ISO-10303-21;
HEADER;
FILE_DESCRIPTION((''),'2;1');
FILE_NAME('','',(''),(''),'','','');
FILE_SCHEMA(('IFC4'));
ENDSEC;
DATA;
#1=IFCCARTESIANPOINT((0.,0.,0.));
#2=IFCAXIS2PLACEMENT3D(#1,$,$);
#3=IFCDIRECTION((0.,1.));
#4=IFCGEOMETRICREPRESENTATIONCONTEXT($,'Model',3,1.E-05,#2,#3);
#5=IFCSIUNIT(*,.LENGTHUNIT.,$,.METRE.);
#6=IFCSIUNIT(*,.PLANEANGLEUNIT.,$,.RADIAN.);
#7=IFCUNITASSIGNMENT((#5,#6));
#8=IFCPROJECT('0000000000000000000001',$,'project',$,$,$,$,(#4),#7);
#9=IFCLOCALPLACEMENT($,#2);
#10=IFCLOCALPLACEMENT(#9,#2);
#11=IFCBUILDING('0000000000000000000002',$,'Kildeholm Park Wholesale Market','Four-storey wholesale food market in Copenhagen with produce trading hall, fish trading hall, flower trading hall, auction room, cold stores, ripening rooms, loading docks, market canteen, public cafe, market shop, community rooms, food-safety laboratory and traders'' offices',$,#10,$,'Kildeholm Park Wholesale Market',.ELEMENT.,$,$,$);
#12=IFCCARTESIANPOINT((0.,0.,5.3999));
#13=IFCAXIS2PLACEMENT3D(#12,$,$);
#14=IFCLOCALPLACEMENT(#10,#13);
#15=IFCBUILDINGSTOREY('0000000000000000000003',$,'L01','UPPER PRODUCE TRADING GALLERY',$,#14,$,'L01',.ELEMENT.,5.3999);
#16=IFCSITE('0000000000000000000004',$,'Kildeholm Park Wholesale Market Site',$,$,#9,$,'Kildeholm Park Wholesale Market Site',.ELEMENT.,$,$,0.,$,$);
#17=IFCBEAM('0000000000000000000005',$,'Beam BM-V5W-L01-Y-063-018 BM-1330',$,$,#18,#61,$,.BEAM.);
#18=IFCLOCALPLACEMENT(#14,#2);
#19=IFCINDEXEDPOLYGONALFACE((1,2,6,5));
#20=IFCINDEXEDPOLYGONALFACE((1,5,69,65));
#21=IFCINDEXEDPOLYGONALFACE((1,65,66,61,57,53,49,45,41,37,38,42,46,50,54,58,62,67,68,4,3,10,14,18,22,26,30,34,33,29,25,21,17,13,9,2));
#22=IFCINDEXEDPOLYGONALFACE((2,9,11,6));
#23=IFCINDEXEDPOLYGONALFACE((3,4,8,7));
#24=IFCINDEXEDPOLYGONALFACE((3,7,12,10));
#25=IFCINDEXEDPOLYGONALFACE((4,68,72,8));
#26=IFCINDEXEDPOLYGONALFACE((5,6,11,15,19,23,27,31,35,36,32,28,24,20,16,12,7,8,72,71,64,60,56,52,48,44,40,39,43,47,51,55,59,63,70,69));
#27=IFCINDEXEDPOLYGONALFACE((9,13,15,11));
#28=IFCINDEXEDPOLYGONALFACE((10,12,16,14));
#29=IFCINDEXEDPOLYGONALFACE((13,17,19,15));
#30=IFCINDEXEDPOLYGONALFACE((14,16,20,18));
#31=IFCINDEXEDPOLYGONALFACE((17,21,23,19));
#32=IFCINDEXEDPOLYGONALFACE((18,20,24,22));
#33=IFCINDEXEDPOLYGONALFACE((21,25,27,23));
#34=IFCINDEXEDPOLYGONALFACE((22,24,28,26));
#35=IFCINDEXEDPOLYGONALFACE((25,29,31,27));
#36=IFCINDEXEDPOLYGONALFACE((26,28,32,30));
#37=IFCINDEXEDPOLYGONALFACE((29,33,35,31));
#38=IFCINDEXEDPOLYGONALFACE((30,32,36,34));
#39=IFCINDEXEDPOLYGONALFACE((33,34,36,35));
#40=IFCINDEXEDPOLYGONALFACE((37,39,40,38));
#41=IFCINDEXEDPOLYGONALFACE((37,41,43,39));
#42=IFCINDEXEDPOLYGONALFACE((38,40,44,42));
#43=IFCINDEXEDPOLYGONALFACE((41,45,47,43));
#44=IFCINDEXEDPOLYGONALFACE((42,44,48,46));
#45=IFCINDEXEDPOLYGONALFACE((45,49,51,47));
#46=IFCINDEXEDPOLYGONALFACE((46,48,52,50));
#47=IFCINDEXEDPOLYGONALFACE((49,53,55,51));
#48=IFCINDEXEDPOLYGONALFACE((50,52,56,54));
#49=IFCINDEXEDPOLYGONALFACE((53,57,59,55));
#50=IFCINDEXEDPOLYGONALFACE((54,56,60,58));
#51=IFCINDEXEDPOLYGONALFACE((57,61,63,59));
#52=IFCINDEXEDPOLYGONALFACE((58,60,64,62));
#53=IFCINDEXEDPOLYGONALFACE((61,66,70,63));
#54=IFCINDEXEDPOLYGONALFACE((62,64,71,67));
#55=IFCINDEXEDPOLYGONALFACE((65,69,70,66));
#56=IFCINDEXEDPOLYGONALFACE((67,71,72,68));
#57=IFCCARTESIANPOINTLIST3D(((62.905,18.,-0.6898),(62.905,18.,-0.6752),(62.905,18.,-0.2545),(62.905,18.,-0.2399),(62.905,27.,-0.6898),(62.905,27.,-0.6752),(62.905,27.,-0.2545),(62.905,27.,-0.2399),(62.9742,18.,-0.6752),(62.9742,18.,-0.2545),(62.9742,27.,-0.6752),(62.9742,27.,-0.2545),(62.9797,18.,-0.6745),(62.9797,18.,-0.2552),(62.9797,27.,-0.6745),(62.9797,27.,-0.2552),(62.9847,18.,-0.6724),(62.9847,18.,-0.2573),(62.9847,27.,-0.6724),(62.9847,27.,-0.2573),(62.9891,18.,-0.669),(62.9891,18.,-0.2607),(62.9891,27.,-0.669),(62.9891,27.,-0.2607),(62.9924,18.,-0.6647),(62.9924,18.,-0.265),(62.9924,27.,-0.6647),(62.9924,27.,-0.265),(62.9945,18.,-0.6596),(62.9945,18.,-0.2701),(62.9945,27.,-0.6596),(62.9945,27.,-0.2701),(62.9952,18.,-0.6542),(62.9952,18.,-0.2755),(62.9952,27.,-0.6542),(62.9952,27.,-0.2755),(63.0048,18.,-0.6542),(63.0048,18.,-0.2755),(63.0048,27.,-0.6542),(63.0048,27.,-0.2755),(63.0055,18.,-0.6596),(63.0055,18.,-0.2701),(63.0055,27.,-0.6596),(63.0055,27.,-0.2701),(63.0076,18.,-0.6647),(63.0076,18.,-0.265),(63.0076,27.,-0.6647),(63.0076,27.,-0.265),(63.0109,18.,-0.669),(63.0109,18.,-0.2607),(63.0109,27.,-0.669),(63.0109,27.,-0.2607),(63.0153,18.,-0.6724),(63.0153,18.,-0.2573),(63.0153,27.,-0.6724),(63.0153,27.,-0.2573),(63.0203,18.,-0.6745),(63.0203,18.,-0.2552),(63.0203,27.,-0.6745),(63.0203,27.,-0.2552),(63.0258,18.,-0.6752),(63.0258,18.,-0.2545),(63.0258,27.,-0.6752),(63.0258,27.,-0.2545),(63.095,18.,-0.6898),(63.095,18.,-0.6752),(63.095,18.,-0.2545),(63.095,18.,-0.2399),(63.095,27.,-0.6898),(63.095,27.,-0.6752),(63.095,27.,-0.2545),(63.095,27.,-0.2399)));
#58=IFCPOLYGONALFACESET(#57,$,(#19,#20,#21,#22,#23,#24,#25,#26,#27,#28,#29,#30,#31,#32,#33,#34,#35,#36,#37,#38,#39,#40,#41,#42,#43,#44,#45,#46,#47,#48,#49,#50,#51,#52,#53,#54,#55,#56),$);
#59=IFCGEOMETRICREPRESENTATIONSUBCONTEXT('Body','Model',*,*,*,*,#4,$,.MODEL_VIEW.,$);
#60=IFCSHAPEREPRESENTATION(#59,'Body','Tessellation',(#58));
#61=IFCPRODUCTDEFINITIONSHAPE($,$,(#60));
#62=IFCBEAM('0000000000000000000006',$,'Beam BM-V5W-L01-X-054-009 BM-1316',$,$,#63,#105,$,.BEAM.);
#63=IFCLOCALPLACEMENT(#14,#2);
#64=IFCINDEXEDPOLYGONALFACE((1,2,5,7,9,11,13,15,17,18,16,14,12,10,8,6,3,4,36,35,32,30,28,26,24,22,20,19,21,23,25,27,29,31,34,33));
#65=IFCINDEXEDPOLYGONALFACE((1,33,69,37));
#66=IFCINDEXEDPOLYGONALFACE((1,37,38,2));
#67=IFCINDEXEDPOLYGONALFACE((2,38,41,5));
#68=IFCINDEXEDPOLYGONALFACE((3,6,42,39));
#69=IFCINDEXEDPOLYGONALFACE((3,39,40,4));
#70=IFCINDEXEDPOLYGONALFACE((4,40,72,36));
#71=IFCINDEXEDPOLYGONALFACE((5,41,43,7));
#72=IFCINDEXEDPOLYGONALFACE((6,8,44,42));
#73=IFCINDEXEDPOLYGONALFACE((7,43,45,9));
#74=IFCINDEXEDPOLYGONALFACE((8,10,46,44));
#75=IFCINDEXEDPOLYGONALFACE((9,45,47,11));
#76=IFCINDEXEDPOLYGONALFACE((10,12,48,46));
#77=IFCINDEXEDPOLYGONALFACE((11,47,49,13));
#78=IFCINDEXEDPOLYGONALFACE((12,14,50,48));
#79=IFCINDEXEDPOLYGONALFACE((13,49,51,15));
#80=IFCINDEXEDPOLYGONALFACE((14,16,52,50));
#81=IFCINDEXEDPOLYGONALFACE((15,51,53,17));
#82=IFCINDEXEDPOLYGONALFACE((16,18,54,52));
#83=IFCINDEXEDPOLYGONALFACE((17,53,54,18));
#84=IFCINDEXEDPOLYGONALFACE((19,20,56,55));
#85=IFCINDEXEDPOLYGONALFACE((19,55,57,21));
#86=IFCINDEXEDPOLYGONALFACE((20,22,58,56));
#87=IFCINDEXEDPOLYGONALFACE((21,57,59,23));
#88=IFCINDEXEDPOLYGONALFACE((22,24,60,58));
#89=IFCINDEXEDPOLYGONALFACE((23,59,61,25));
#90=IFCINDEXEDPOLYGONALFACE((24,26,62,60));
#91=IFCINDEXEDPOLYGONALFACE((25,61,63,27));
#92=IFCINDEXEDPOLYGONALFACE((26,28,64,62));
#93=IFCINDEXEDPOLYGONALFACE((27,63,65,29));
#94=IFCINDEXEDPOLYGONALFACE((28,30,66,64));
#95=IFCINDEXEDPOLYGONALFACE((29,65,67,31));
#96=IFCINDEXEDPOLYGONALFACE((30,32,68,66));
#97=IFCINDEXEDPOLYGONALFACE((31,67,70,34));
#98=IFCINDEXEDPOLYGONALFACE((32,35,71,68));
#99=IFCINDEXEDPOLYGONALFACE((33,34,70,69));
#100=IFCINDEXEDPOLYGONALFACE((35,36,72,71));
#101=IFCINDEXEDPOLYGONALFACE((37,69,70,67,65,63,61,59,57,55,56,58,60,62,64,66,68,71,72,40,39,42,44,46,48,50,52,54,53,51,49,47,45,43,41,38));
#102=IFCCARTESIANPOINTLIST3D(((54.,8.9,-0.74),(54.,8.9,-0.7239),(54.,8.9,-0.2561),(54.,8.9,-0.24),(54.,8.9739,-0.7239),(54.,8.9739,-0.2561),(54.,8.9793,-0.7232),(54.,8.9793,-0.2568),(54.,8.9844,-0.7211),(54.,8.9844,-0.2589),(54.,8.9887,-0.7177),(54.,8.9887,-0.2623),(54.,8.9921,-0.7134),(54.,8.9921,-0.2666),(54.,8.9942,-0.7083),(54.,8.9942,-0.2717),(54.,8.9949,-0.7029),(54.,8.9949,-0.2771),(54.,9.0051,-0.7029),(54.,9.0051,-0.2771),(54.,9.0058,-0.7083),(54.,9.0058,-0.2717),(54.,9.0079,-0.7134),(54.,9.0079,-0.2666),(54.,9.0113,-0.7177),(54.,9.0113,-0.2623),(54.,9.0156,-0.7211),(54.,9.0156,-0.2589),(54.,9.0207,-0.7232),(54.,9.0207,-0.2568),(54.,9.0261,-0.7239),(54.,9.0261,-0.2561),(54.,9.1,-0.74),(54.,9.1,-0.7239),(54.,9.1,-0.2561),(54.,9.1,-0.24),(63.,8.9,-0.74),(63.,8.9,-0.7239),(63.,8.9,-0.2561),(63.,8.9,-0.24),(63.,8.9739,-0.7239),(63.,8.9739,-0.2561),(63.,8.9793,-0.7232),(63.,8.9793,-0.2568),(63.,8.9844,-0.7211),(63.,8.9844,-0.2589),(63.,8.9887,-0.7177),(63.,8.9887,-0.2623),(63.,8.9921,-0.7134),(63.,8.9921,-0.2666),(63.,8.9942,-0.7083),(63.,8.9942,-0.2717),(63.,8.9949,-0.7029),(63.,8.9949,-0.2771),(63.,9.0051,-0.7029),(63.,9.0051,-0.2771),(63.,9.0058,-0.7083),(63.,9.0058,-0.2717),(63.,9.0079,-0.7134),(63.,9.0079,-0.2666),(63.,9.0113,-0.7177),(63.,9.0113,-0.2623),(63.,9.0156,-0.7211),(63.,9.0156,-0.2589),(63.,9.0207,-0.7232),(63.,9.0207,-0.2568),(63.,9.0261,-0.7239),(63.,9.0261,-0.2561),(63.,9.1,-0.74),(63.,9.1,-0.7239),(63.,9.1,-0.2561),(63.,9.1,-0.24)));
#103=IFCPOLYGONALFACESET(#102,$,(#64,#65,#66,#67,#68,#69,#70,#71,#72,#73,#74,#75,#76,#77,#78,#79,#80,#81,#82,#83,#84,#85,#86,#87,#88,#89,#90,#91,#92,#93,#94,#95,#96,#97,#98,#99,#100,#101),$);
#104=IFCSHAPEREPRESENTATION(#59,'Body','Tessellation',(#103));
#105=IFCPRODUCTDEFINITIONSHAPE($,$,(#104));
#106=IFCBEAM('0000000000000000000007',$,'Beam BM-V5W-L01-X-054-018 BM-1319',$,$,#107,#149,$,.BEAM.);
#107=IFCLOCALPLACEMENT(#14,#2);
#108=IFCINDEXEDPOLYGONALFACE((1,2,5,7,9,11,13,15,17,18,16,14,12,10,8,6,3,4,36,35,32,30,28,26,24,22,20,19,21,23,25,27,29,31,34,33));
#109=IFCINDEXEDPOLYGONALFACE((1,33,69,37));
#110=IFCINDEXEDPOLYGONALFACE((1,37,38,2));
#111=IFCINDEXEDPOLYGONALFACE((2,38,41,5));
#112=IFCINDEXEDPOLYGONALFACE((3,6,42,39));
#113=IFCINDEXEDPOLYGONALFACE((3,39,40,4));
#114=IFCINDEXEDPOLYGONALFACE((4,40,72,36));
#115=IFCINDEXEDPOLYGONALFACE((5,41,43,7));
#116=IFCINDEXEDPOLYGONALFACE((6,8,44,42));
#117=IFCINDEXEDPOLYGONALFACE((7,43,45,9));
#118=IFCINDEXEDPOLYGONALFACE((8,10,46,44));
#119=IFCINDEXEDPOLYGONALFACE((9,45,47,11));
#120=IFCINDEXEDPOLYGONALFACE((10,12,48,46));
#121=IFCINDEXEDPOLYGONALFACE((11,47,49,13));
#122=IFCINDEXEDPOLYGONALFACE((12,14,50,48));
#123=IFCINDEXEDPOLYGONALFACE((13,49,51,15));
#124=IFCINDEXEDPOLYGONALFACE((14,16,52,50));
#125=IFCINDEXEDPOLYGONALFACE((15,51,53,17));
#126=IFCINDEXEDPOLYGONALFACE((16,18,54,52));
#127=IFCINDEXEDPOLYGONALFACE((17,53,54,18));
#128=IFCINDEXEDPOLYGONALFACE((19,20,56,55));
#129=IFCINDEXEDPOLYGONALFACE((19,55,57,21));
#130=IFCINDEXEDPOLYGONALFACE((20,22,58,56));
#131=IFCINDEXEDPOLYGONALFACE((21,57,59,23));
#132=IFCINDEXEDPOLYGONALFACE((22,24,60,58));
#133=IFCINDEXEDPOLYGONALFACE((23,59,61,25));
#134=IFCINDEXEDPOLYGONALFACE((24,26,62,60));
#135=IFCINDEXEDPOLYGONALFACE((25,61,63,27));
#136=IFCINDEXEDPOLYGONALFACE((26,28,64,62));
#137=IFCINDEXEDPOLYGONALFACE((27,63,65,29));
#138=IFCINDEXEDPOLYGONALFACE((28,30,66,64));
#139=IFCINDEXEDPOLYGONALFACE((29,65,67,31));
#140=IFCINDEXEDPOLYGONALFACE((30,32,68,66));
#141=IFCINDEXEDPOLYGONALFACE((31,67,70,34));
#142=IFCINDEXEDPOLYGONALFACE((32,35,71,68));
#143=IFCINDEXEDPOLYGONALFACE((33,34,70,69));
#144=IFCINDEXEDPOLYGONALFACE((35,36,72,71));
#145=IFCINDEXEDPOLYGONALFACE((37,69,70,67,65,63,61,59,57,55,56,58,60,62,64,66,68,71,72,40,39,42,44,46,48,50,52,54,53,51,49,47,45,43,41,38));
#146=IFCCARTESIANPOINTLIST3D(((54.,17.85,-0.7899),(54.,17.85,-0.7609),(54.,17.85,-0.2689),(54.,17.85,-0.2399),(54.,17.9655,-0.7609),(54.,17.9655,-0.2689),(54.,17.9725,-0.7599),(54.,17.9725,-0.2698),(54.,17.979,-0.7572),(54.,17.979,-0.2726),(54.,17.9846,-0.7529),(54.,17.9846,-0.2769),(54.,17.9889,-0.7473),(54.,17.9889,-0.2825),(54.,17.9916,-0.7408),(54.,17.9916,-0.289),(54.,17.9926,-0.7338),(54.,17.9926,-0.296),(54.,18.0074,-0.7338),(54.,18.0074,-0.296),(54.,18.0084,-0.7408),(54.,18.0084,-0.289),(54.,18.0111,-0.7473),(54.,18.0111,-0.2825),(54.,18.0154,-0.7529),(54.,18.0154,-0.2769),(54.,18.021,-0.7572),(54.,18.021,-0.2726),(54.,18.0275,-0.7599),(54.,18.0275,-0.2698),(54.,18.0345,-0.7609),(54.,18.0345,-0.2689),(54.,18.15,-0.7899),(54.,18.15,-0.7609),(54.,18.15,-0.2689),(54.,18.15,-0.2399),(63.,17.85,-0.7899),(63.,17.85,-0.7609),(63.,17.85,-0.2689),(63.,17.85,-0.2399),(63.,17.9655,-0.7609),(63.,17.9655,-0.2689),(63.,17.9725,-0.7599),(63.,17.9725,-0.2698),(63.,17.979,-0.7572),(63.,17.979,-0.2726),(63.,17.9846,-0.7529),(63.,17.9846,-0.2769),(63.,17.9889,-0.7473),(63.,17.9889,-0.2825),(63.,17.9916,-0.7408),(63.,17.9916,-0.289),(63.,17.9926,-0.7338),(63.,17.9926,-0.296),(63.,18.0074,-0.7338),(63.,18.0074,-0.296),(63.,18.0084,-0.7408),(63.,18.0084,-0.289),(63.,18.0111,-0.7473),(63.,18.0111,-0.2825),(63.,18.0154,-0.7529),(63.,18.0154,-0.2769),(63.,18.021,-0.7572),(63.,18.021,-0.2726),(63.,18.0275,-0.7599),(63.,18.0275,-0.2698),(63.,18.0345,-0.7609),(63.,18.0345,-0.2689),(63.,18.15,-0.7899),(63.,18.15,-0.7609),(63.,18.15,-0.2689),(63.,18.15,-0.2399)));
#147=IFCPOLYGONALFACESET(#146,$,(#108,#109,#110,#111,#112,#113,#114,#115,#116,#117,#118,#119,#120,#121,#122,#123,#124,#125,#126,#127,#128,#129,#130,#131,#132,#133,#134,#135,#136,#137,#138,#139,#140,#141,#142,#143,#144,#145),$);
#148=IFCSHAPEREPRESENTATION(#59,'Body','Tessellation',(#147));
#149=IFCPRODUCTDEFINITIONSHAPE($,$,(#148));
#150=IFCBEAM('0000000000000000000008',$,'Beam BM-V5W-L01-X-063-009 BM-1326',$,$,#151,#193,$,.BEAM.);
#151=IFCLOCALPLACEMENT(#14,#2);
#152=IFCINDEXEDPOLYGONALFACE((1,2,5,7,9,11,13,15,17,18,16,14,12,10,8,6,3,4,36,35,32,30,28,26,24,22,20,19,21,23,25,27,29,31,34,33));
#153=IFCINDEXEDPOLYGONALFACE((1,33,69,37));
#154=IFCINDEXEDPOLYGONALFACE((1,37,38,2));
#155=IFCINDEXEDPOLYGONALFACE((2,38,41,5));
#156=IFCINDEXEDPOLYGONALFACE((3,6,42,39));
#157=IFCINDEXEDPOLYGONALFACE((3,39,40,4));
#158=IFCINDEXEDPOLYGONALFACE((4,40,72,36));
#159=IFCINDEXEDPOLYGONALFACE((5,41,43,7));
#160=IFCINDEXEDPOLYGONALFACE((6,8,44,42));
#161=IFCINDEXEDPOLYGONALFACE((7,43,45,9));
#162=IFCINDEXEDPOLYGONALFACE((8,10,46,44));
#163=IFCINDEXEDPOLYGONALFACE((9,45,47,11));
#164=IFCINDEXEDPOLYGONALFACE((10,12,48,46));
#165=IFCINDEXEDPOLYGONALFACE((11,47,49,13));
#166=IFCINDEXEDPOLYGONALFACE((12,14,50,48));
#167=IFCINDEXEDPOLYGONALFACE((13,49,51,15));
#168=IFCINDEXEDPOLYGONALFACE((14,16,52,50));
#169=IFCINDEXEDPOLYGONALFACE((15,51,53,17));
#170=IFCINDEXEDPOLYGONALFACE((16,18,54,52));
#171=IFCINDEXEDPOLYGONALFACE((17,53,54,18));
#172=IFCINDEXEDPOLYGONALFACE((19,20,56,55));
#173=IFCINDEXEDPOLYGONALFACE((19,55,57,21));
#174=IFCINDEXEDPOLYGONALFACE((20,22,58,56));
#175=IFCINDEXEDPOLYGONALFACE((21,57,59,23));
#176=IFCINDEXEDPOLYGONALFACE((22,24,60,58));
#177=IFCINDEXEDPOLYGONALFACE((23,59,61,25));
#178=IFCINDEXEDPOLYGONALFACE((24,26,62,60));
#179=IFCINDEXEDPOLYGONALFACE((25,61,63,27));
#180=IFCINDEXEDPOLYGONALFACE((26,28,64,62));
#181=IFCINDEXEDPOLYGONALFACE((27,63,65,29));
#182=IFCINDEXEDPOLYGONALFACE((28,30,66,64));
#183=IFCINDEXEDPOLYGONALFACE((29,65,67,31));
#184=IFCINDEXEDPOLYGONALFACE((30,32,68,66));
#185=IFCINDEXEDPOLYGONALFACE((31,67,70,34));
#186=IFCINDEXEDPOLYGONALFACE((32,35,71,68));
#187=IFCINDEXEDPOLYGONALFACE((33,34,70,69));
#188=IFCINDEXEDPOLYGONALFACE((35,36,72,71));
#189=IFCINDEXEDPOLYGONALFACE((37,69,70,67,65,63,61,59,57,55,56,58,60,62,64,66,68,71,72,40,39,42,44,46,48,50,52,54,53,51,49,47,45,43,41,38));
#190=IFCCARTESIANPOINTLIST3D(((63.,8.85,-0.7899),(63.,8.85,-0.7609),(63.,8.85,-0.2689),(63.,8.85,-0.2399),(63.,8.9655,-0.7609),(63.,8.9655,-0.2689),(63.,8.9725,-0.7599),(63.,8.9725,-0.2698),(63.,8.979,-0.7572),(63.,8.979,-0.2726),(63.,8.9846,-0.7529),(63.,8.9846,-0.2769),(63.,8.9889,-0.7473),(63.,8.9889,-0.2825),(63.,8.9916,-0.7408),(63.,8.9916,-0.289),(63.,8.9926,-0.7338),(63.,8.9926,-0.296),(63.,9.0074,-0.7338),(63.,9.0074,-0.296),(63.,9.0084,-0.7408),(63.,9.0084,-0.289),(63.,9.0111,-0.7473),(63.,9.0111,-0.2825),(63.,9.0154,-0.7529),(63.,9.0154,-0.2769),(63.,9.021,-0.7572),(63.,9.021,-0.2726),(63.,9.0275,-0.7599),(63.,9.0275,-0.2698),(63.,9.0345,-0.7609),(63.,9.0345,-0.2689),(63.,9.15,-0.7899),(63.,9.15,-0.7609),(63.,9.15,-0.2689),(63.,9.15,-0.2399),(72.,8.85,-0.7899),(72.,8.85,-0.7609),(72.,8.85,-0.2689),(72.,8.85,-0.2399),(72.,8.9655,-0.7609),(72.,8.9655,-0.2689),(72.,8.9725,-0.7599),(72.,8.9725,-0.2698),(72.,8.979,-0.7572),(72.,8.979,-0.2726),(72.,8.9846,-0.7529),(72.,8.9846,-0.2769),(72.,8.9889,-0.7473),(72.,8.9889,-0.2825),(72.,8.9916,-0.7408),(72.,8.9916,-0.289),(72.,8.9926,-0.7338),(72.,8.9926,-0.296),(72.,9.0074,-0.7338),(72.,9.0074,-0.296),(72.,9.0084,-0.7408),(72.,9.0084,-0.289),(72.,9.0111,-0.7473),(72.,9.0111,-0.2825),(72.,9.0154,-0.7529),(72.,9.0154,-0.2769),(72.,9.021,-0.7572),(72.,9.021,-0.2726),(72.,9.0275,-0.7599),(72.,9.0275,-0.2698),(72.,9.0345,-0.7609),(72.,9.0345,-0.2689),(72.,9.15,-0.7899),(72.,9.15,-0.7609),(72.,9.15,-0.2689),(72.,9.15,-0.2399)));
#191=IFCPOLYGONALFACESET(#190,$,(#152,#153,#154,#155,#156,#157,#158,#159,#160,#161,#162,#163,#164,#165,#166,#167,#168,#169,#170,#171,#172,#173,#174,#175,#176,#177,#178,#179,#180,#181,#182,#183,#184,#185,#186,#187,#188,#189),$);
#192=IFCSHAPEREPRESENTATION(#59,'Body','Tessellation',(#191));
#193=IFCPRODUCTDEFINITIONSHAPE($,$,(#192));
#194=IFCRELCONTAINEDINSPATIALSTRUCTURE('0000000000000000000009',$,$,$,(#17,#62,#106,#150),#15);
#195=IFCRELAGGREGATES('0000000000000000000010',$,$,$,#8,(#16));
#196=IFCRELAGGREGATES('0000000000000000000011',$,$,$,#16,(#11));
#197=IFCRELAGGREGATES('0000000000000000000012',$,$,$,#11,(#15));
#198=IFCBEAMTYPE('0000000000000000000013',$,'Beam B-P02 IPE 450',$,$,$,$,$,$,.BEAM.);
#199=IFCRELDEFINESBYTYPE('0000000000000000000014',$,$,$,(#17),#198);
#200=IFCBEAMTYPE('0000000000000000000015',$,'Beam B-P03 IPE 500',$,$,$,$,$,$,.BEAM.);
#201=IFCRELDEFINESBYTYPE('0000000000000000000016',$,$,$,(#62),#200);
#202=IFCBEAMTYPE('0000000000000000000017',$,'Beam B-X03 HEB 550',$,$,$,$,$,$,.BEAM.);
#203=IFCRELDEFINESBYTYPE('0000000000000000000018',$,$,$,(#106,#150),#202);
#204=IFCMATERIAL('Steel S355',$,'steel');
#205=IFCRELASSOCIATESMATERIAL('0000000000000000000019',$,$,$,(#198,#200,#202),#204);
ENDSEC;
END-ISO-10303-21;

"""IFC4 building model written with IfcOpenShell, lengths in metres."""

from ifc_helpers import new_model, si_unit, direction, frame, origin, origin_2d, place, context, subcontext, project, spatial, i_section, extrude, material, material_profile, profile_set, type_object, element, save


model = new_model("IFC4")

# Units and contexts
model_context = context("Model", 3, precision=1e-05, world=origin(), true_north=direction((0.0, 1.0)))
body_context = subcontext(model_context, "Body", "Model", "MODEL_VIEW")
ifc_project = project(units=[si_unit("LENGTHUNIT", "METRE"), si_unit("PLANEANGLEUNIT", "RADIAN")], contexts=[model_context])

# Site, building, storey
site_placement = place(None, origin())
site = spatial("IfcSite", under=ifc_project, at=site_placement, Name="Kildeholm Park Wholesale Market Site", LongName="Kildeholm Park Wholesale Market Site", CompositionType="ELEMENT", RefElevation=0.0)
building_placement = place(site_placement, origin())
building = spatial("IfcBuilding", under=site, at=building_placement, Name="Kildeholm Park Wholesale Market", Description="Four-storey wholesale food market in Copenhagen with produce trading hall, fish trading hall, flower trading hall, auction room, cold stores, ripening rooms, loading docks, market canteen, public cafe, market shop, community rooms, food-safety laboratory and traders' offices", LongName="Kildeholm Park Wholesale Market", CompositionType="ELEMENT")
storey_placement = place(building_placement, frame((0.0, 0.0, 5.3999)))
storey = spatial("IfcBuildingStorey", under=building, at=storey_placement, Name="L01", Description="UPPER PRODUCE TRADING GALLERY", LongName="L01", CompositionType="ELEMENT", Elevation=5.3999)

# Shared definitions
ifc_material_1 = material(Name="Steel S355", Category="steel")

# Beams
ifc_material_profile_1 = material_profile(ifc_material_1, i_section(OverallWidth=0.1899, OverallDepth=0.45, WebThickness=0.0095, FlangeThickness=0.0146, FilletRadius=0.021, at=origin_2d()), Name="IPE 450")
ifc_profile_set_1 = profile_set([ifc_material_profile_1], Name="Steel S355")
beam_type_1 = type_object("IfcBeamType", Name="Beam B-P02 IPE 450", PredefinedType="BEAM", material=ifc_profile_set_1)
for number, where, z_axis, x_axis, name in (
    (1, (63.0, 18.0, -0.4648), (0.0, 1.0, 0.0), (-1.0, 0.0, 0.0), "Beam BM-V5W-L01-Y-063-018 BM-1330"),
):
    element("IfcBeam", number, at=place(storey_placement, frame(where, z_axis=z_axis, x_axis=x_axis)), inside=storey, type_object=beam_type_1, Name=name, PredefinedType="BEAM", context=body_context, shape_type="SweptSolid", body=[
        extrude(i_section(OverallWidth=0.1899, OverallDepth=0.45, WebThickness=0.0095, FlangeThickness=0.0146, FilletRadius=0.021, at=origin_2d()), origin(), (0.0, 0.0, 1.0), 9.0),
    ])
ifc_material_profile_2 = material_profile(ifc_material_1, i_section(OverallWidth=0.2, OverallDepth=0.5, WebThickness=0.0103, FlangeThickness=0.0161, FilletRadius=0.021, at=origin_2d()), Name="IPE 500")
ifc_profile_set_2 = profile_set([ifc_material_profile_2], Name="Steel S355")
beam_type_2 = type_object("IfcBeamType", Name="Beam B-P03 IPE 500", PredefinedType="BEAM", material=ifc_profile_set_2)
beam_1_placement = place(storey_placement, frame((54.0, 9.0, -0.49), z_axis=(1.0, 0.0, 0.0), x_axis=(0.0, 1.0, 0.0)))
element("IfcBeam", 2, at=beam_1_placement, inside=storey, type_object=beam_type_2, Name="Beam BM-V5W-L01-X-054-009 BM-1316", PredefinedType="BEAM", context=body_context, shape_type="SweptSolid", body=[
    extrude(i_section(OverallWidth=0.2, OverallDepth=0.5, WebThickness=0.0103, FlangeThickness=0.0161, FilletRadius=0.021, at=origin_2d()), origin(), (0.0, 0.0, 1.0), 9.0),
])
ifc_material_profile_3 = material_profile(ifc_material_1, i_section(OverallWidth=0.3, OverallDepth=0.55, WebThickness=0.0149, FlangeThickness=0.0291, FilletRadius=0.0271, at=origin_2d()), Name="HEB 550")
ifc_profile_set_3 = profile_set([ifc_material_profile_3], Name="Steel S355")
beam_type_3 = type_object("IfcBeamType", Name="Beam B-X03 HEB 550", PredefinedType="BEAM", material=ifc_profile_set_3)
for number, where, z_axis, x_axis, name in (
    (3, (54.0, 18.0, -0.5149), (1.0, 0.0, 0.0), (0.0, 1.0, 0.0), "Beam BM-V5W-L01-X-054-018 BM-1319"),
    (4, (63.0, 9.0, -0.5149), (1.0, 0.0, 0.0), (0.0, 1.0, 0.0), "Beam BM-V5W-L01-X-063-009 BM-1326"),
):
    element("IfcBeam", number, at=place(storey_placement, frame(where, z_axis=z_axis, x_axis=x_axis)), inside=storey, type_object=beam_type_3, Name=name, PredefinedType="BEAM", context=body_context, shape_type="SweptSolid", body=[
        extrude(i_section(OverallWidth=0.3, OverallDepth=0.55, WebThickness=0.0149, FlangeThickness=0.0291, FilletRadius=0.0271, at=origin_2d()), origin(), (0.0, 0.0, 1.0), 9.0),
    ])

save(model, "model.ifc")
